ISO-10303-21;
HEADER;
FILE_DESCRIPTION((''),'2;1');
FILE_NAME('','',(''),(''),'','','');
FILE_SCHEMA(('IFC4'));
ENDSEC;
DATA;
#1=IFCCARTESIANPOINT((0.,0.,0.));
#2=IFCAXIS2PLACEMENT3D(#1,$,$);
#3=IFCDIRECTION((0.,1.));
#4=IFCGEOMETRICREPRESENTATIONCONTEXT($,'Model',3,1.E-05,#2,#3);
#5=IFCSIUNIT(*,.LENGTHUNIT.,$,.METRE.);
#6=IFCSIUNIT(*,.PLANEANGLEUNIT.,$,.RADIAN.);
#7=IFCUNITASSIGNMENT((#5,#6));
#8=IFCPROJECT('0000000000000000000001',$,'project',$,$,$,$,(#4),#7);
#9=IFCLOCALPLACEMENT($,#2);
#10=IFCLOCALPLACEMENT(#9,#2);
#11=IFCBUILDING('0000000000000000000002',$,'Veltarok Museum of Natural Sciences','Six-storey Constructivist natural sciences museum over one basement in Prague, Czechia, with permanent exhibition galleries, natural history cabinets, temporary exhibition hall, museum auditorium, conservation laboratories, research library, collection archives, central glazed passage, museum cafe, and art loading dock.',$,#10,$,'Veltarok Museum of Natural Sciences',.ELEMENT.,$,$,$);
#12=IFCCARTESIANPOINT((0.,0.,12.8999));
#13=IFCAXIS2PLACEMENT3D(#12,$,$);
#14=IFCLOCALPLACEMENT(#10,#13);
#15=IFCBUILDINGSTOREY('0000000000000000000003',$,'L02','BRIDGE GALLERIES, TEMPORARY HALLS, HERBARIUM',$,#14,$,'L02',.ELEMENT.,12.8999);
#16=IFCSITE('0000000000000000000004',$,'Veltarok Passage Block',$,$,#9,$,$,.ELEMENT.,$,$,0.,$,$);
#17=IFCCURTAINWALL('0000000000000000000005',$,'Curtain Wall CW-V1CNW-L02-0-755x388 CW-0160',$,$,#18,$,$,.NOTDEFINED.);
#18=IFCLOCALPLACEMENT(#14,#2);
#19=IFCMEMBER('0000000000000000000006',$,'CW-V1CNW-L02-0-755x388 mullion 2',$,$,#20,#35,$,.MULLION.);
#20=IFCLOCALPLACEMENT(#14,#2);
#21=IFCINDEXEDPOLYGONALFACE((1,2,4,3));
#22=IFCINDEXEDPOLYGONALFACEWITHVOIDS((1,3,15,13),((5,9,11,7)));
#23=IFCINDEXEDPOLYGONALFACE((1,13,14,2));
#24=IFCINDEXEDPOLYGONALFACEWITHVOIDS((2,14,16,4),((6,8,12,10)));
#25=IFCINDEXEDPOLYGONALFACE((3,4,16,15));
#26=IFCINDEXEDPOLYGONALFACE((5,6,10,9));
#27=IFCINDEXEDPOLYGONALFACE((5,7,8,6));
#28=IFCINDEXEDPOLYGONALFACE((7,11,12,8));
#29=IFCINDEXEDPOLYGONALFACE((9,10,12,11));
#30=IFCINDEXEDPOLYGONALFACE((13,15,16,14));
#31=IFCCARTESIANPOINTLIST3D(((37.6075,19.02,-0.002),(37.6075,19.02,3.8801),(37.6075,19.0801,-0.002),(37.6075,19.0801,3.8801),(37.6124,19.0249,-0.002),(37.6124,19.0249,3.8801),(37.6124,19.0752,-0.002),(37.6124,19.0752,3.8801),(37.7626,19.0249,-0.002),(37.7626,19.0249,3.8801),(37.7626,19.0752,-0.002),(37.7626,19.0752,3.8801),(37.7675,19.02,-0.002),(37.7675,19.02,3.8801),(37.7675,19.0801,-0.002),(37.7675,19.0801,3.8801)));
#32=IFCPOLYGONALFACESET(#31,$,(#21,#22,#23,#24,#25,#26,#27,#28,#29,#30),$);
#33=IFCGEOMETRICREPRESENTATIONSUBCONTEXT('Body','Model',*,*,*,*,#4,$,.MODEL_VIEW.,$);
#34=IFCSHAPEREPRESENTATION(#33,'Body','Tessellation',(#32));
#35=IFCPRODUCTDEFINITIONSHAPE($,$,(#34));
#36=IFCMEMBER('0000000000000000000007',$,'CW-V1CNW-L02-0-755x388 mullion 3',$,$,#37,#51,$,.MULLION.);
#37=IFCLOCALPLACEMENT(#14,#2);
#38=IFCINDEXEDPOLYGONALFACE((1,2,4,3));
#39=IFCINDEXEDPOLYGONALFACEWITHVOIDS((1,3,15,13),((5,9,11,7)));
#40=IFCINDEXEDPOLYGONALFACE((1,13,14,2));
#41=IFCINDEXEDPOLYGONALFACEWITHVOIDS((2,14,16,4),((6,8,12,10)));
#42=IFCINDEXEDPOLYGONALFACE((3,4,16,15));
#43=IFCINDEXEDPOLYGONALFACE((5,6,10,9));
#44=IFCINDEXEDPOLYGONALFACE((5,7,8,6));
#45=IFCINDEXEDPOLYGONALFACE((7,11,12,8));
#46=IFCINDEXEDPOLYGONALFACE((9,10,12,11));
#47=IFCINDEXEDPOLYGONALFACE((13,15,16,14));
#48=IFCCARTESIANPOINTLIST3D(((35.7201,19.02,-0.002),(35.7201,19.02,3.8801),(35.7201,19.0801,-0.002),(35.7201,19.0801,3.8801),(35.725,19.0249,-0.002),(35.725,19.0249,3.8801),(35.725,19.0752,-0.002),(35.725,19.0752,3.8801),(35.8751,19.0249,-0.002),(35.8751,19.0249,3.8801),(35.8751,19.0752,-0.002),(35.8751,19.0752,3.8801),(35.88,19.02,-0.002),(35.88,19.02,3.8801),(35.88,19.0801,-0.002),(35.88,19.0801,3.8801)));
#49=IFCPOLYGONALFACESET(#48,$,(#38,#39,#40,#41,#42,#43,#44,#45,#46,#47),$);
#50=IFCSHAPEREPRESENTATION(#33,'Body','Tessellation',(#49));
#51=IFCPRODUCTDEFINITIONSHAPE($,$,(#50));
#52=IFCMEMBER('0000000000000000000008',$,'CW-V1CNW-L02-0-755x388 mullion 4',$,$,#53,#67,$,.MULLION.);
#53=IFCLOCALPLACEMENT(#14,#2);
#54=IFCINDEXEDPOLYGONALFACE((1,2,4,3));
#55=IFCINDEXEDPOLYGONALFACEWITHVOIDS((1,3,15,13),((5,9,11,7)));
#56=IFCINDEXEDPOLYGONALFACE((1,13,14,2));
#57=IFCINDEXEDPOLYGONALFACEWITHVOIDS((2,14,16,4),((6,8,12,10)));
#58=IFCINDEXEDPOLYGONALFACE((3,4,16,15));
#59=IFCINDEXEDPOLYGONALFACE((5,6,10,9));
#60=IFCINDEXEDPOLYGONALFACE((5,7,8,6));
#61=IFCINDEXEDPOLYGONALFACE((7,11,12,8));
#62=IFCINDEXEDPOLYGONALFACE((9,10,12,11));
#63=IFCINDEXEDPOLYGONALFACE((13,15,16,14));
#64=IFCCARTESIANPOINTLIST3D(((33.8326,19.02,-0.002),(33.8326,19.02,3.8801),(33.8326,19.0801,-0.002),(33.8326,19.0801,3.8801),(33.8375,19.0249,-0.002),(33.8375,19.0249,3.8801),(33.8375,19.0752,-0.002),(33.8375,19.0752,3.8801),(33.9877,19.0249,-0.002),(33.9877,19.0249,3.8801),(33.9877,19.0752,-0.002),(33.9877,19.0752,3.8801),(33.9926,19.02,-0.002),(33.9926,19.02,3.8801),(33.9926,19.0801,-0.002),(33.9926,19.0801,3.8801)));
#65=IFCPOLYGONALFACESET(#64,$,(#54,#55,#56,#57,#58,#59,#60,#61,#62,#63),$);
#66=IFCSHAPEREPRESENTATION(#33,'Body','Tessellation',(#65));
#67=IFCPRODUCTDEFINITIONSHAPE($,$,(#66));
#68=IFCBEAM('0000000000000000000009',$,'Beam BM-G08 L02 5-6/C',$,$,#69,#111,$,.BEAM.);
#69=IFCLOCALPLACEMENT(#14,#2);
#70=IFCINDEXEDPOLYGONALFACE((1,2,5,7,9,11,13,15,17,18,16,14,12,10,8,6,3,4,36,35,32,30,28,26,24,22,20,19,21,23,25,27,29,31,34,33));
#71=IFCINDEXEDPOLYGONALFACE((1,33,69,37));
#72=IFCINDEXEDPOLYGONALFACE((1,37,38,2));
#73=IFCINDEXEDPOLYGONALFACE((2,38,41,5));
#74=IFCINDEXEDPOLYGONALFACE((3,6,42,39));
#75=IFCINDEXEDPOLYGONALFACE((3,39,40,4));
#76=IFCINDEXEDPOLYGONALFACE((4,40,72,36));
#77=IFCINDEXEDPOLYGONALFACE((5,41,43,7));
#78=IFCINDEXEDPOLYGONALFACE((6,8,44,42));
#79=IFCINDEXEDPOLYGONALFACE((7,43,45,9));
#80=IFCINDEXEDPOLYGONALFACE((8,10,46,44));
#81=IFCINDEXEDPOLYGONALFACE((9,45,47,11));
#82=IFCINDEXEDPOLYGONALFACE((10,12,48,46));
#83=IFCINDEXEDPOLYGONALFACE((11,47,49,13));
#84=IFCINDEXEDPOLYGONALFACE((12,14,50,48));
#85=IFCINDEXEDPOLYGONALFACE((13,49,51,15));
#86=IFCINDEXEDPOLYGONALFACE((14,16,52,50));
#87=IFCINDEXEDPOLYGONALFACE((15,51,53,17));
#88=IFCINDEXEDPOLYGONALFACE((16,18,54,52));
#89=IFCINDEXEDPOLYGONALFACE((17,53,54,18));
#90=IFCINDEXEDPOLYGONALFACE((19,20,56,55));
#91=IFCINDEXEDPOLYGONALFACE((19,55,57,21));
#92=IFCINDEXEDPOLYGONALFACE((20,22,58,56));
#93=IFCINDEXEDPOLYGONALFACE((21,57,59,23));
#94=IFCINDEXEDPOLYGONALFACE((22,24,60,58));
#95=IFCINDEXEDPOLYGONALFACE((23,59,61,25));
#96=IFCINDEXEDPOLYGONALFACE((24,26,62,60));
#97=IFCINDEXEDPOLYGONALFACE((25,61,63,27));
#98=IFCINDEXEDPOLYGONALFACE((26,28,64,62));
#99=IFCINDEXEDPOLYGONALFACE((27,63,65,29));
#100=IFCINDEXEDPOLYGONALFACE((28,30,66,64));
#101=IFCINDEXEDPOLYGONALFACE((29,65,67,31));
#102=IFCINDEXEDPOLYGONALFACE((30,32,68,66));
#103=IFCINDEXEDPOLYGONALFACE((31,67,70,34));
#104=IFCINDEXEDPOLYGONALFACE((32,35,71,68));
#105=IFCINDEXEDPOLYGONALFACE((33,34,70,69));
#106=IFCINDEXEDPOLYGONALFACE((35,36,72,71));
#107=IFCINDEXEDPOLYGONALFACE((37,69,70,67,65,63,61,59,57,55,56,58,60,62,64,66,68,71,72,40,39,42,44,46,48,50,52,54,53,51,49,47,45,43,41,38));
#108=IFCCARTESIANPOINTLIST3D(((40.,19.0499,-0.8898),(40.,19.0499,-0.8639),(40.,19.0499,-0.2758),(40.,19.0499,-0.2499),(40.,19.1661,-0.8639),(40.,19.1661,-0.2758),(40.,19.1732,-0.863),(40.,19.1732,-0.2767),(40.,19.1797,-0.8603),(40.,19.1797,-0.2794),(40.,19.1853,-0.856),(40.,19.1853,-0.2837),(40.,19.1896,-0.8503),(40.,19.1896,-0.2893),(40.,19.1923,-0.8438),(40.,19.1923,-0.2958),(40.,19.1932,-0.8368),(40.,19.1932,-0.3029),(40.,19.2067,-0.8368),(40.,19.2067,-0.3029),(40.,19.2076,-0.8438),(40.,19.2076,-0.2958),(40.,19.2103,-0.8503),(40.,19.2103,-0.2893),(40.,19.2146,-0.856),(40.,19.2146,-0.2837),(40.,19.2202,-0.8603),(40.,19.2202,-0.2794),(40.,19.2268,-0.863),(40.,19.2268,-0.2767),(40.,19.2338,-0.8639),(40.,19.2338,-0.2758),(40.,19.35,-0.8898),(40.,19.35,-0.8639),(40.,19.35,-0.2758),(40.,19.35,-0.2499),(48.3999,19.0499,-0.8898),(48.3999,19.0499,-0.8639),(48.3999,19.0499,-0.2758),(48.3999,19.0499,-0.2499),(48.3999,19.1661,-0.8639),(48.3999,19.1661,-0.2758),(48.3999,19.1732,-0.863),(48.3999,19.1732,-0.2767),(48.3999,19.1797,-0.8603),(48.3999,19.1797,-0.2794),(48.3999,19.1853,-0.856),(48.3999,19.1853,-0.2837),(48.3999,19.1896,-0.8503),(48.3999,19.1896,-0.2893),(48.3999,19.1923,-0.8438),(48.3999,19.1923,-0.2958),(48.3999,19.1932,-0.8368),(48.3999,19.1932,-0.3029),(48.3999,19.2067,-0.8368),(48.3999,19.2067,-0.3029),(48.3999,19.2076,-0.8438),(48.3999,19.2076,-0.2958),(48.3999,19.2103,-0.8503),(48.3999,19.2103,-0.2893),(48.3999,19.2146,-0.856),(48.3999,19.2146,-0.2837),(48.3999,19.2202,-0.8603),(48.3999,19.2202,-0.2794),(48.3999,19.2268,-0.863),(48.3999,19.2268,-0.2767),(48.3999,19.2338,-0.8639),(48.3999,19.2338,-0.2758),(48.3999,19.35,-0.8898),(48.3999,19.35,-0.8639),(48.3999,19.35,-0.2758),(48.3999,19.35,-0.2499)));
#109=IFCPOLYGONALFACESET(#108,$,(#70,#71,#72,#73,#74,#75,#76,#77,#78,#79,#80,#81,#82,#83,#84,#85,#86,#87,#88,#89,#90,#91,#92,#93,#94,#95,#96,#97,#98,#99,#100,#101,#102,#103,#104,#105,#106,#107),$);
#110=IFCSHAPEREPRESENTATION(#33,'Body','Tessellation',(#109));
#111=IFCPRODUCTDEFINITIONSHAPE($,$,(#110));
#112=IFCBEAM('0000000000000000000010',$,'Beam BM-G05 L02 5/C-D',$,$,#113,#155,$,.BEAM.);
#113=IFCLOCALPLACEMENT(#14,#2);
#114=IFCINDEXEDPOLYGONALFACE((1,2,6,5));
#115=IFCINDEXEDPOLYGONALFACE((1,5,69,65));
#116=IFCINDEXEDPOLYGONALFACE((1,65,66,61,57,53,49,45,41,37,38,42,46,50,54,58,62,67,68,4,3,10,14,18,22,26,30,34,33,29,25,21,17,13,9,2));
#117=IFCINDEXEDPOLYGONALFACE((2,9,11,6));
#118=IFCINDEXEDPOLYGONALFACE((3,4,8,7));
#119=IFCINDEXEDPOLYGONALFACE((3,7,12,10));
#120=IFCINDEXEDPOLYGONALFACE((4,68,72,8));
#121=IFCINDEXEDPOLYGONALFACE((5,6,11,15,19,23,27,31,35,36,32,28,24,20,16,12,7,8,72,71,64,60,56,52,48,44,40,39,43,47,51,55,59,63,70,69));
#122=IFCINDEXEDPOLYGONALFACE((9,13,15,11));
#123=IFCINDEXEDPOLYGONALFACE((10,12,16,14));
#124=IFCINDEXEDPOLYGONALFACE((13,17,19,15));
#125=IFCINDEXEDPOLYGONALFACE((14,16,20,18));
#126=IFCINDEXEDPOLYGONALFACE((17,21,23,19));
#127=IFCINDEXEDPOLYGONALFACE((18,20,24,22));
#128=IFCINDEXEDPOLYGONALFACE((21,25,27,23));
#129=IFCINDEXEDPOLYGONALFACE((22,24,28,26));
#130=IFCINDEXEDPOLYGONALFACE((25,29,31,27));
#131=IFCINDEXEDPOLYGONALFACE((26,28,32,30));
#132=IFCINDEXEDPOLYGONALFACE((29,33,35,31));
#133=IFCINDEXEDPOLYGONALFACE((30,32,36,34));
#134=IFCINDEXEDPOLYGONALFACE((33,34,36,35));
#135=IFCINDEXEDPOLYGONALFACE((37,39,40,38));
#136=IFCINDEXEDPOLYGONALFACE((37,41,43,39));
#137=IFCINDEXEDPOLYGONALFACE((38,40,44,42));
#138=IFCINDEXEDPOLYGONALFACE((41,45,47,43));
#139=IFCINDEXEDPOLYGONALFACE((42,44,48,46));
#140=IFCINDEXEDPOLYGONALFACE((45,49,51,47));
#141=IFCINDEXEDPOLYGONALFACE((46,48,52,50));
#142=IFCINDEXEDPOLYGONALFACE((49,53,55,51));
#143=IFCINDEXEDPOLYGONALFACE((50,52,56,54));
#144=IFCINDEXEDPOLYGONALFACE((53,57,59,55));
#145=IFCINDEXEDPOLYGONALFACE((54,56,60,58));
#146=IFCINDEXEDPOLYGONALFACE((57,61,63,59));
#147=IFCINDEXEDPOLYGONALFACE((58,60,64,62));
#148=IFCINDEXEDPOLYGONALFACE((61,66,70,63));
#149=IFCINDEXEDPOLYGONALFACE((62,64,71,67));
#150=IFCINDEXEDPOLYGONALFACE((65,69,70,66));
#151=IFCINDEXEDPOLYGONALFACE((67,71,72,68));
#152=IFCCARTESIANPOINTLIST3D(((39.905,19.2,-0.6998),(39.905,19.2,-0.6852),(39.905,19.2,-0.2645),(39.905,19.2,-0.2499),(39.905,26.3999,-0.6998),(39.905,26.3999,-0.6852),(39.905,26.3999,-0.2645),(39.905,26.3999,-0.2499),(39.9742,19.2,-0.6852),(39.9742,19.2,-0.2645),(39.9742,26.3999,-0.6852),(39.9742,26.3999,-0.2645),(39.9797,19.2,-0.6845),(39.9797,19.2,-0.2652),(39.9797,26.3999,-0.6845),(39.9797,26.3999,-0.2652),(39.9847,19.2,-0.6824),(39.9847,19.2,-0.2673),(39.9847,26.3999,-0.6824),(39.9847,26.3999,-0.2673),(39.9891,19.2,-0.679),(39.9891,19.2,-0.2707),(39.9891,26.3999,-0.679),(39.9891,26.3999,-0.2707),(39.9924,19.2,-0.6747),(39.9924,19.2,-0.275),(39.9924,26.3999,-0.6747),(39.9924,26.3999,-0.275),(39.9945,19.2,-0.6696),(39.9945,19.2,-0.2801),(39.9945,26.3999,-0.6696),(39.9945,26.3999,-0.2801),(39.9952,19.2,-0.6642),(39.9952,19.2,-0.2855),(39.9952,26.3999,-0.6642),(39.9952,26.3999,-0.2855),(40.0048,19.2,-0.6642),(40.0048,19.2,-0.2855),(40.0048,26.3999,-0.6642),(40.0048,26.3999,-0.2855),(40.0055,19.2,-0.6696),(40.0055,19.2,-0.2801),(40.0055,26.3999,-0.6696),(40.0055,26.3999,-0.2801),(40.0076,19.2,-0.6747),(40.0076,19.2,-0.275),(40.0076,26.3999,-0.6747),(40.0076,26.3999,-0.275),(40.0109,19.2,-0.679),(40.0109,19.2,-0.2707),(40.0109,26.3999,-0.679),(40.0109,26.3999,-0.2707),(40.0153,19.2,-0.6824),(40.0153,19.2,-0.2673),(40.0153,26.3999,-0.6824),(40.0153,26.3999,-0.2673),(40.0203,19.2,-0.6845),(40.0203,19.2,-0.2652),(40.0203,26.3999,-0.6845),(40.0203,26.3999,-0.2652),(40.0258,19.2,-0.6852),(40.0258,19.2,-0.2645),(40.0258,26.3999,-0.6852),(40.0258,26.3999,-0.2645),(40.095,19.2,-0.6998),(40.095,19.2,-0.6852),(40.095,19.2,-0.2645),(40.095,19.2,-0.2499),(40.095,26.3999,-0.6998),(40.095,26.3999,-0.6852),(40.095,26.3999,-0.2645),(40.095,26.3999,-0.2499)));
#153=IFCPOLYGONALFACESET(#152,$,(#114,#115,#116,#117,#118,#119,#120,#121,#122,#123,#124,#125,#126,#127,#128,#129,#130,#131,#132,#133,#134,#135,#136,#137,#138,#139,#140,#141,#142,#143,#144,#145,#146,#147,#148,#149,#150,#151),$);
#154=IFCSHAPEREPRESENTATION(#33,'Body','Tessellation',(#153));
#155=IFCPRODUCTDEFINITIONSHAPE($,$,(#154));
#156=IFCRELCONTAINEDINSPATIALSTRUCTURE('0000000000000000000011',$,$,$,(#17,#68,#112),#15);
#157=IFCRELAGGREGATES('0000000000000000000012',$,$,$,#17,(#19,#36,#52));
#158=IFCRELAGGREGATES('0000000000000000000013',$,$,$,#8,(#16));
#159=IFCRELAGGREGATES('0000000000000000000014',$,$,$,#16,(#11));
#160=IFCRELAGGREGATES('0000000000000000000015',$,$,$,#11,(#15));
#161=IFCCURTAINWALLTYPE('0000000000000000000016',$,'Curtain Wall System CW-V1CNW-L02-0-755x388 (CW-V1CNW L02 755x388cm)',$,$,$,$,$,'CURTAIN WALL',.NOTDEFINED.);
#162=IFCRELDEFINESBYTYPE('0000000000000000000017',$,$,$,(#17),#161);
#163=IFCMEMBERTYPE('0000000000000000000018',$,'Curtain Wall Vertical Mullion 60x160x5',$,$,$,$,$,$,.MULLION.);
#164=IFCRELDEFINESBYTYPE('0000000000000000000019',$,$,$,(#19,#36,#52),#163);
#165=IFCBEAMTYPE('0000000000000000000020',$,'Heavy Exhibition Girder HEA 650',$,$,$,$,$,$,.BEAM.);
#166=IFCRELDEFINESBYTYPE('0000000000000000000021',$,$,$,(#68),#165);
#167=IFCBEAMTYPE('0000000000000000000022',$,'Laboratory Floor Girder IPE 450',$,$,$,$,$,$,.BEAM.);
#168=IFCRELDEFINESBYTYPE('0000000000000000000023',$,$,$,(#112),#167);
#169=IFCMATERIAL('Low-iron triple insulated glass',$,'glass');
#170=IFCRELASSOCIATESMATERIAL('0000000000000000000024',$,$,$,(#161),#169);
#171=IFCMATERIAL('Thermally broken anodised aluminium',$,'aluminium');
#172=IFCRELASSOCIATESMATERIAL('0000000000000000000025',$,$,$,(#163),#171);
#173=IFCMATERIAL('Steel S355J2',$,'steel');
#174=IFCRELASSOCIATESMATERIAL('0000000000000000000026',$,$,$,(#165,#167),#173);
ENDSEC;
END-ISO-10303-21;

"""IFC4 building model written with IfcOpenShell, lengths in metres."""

from ifc_helpers import new_model, si_unit, direction, frame, origin, origin_2d, place, context, subcontext, project, spatial, hollow_rectangle, i_section, extrude, material, material_profile, profile_set, type_object, element, aggregate, save


model = new_model("IFC4")

# Units and contexts
model_context = context("Model", 3, precision=1e-05, world=origin(), true_north=direction((0.0, 1.0)))
body_context = subcontext(model_context, "Body", "Model", "MODEL_VIEW")
ifc_project = project(units=[si_unit("LENGTHUNIT", "METRE"), si_unit("PLANEANGLEUNIT", "RADIAN")], contexts=[model_context])

# Site, building, storey
site_placement = place(None, origin())
site = spatial("IfcSite", under=ifc_project, at=site_placement, Name="Veltarok Passage Block", CompositionType="ELEMENT", RefElevation=0.0)
building_placement = place(site_placement, origin())
building = spatial("IfcBuilding", under=site, at=building_placement, Name="Veltarok Museum of Natural Sciences", Description="Six-storey Constructivist natural sciences museum over one basement in Prague, Czechia, with permanent exhibition galleries, natural history cabinets, temporary exhibition hall, museum auditorium, conservation laboratories, research library, collection archives, central glazed passage, museum cafe, and art loading dock.", LongName="Veltarok Museum of Natural Sciences", CompositionType="ELEMENT")
storey_placement = place(building_placement, frame((0.0, 0.0, 12.8999)))
storey = spatial("IfcBuildingStorey", under=building, at=storey_placement, Name="L02", Description="BRIDGE GALLERIES, TEMPORARY HALLS, HERBARIUM", LongName="L02", CompositionType="ELEMENT", Elevation=12.8999)

# Curtain wall
ifc_material_1 = material(Name="Low-iron triple insulated glass", Category="glass")
ifc_material_2 = material(Name="Thermally broken anodised aluminium", Category="aluminium")
curtain_wall_type_1 = type_object("IfcCurtainWallType", Name="Curtain Wall System CW-V1CNW-L02-0-755x388 (CW-V1CNW L02 755x388cm)", ElementType="CURTAIN WALL", PredefinedType="NOTDEFINED", material=ifc_material_1)
curtain_wall_1_placement = place(storey_placement, origin())
curtain_wall_1 = element("IfcCurtainWall", 1, at=curtain_wall_1_placement, inside=storey, type_object=curtain_wall_type_1, Name="Curtain Wall CW-V1CNW-L02-0-755x388 CW-0160", PredefinedType="NOTDEFINED")

# Members
ifc_material_profile_1 = material_profile(ifc_material_2, hollow_rectangle(XDim=0.0601, YDim=0.1599, WallThickness=0.0049, at=origin_2d()), Name="CW MULLION 60x160x5")
ifc_profile_set_1 = profile_set([ifc_material_profile_1], Name="Thermally broken anodised aluminium")
member_type_1 = type_object("IfcMemberType", Name="Curtain Wall Vertical Mullion 60x160x5", PredefinedType="MULLION", material=ifc_profile_set_1)
member_1_placement = place(storey_placement, frame((37.6875, 19.05, -0.002), z_axis=(0.0, 0.0, 1.0), x_axis=(0.0, -1.0, 0.0)))
member_1 = element("IfcMember", 2, at=member_1_placement, type_object=member_type_1, Name="CW-V1CNW-L02-0-755x388 mullion 2", PredefinedType="MULLION", context=body_context, shape_type="SweptSolid", body=[
    extrude(hollow_rectangle(XDim=0.0601, YDim=0.1599, WallThickness=0.0049, at=origin_2d()), origin(), (0.0, 0.0, 1.0), 3.8821),
])
member_2_placement = place(storey_placement, frame((35.8, 19.05, -0.002), z_axis=(0.0, 0.0, 1.0), x_axis=(0.0, -1.0, 0.0)))
member_2 = element("IfcMember", 3, at=member_2_placement, type_object=member_type_1, Name="CW-V1CNW-L02-0-755x388 mullion 3", PredefinedType="MULLION", context=body_context, shape_type="SweptSolid", body=[
    extrude(hollow_rectangle(XDim=0.0601, YDim=0.1599, WallThickness=0.0049, at=origin_2d()), origin(), (0.0, 0.0, 1.0), 3.8821),
])
member_3_placement = place(storey_placement, frame((33.9126, 19.05, -0.002), z_axis=(0.0, 0.0, 1.0), x_axis=(0.0, -1.0, 0.0)))
member_3 = element("IfcMember", 4, at=member_3_placement, type_object=member_type_1, Name="CW-V1CNW-L02-0-755x388 mullion 4", PredefinedType="MULLION", context=body_context, shape_type="SweptSolid", body=[
    extrude(hollow_rectangle(XDim=0.0601, YDim=0.1599, WallThickness=0.0049, at=origin_2d()), origin(), (0.0, 0.0, 1.0), 3.8821),
])

# Beams
ifc_material_3 = material(Name="Steel S355J2", Category="steel")
ifc_material_profile_2 = material_profile(ifc_material_3, i_section(OverallWidth=0.3, OverallDepth=0.6399, WebThickness=0.0134, FlangeThickness=0.0259, FilletRadius=0.0271, at=origin_2d()), Name="HEA 650")
ifc_profile_set_2 = profile_set([ifc_material_profile_2], Name="Steel S355J2")
beam_type_1 = type_object("IfcBeamType", Name="Heavy Exhibition Girder HEA 650", PredefinedType="BEAM", material=ifc_profile_set_2)
beam_1_placement = place(storey_placement, frame((40.0, 19.2, -0.5698), z_axis=(1.0, 0.0, 0.0), x_axis=(0.0, 1.0, 0.0)))
element("IfcBeam", 5, at=beam_1_placement, inside=storey, type_object=beam_type_1, Name="Beam BM-G08 L02 5-6/C", PredefinedType="BEAM", context=body_context, shape_type="SweptSolid", body=[
    extrude(i_section(OverallWidth=0.3, OverallDepth=0.6399, WebThickness=0.0134, FlangeThickness=0.0259, FilletRadius=0.0271, at=origin_2d()), origin(), (0.0, 0.0, 1.0), 8.3999),
])
ifc_material_profile_3 = material_profile(ifc_material_3, i_section(OverallWidth=0.1899, OverallDepth=0.45, WebThickness=0.0095, FlangeThickness=0.0146, FilletRadius=0.021, at=origin_2d()), Name="IPE 450")
ifc_profile_set_3 = profile_set([ifc_material_profile_3], Name="Steel S355J2")
beam_type_2 = type_object("IfcBeamType", Name="Laboratory Floor Girder IPE 450", PredefinedType="BEAM", material=ifc_profile_set_3)
beam_2_placement = place(storey_placement, frame((40.0, 19.2, -0.4749), z_axis=(0.0, 1.0, 0.0), x_axis=(-1.0, 0.0, 0.0)))
element("IfcBeam", 6, at=beam_2_placement, inside=storey, type_object=beam_type_2, Name="Beam BM-G05 L02 5/C-D", PredefinedType="BEAM", context=body_context, shape_type="SweptSolid", body=[
    extrude(i_section(OverallWidth=0.1899, OverallDepth=0.45, WebThickness=0.0095, FlangeThickness=0.0146, FilletRadius=0.021, at=origin_2d()), origin(), (0.0, 0.0, 1.0), 7.2),
])

aggregate(curtain_wall_1, [member_1, member_2, member_3])

save(model, "model.ifc")
